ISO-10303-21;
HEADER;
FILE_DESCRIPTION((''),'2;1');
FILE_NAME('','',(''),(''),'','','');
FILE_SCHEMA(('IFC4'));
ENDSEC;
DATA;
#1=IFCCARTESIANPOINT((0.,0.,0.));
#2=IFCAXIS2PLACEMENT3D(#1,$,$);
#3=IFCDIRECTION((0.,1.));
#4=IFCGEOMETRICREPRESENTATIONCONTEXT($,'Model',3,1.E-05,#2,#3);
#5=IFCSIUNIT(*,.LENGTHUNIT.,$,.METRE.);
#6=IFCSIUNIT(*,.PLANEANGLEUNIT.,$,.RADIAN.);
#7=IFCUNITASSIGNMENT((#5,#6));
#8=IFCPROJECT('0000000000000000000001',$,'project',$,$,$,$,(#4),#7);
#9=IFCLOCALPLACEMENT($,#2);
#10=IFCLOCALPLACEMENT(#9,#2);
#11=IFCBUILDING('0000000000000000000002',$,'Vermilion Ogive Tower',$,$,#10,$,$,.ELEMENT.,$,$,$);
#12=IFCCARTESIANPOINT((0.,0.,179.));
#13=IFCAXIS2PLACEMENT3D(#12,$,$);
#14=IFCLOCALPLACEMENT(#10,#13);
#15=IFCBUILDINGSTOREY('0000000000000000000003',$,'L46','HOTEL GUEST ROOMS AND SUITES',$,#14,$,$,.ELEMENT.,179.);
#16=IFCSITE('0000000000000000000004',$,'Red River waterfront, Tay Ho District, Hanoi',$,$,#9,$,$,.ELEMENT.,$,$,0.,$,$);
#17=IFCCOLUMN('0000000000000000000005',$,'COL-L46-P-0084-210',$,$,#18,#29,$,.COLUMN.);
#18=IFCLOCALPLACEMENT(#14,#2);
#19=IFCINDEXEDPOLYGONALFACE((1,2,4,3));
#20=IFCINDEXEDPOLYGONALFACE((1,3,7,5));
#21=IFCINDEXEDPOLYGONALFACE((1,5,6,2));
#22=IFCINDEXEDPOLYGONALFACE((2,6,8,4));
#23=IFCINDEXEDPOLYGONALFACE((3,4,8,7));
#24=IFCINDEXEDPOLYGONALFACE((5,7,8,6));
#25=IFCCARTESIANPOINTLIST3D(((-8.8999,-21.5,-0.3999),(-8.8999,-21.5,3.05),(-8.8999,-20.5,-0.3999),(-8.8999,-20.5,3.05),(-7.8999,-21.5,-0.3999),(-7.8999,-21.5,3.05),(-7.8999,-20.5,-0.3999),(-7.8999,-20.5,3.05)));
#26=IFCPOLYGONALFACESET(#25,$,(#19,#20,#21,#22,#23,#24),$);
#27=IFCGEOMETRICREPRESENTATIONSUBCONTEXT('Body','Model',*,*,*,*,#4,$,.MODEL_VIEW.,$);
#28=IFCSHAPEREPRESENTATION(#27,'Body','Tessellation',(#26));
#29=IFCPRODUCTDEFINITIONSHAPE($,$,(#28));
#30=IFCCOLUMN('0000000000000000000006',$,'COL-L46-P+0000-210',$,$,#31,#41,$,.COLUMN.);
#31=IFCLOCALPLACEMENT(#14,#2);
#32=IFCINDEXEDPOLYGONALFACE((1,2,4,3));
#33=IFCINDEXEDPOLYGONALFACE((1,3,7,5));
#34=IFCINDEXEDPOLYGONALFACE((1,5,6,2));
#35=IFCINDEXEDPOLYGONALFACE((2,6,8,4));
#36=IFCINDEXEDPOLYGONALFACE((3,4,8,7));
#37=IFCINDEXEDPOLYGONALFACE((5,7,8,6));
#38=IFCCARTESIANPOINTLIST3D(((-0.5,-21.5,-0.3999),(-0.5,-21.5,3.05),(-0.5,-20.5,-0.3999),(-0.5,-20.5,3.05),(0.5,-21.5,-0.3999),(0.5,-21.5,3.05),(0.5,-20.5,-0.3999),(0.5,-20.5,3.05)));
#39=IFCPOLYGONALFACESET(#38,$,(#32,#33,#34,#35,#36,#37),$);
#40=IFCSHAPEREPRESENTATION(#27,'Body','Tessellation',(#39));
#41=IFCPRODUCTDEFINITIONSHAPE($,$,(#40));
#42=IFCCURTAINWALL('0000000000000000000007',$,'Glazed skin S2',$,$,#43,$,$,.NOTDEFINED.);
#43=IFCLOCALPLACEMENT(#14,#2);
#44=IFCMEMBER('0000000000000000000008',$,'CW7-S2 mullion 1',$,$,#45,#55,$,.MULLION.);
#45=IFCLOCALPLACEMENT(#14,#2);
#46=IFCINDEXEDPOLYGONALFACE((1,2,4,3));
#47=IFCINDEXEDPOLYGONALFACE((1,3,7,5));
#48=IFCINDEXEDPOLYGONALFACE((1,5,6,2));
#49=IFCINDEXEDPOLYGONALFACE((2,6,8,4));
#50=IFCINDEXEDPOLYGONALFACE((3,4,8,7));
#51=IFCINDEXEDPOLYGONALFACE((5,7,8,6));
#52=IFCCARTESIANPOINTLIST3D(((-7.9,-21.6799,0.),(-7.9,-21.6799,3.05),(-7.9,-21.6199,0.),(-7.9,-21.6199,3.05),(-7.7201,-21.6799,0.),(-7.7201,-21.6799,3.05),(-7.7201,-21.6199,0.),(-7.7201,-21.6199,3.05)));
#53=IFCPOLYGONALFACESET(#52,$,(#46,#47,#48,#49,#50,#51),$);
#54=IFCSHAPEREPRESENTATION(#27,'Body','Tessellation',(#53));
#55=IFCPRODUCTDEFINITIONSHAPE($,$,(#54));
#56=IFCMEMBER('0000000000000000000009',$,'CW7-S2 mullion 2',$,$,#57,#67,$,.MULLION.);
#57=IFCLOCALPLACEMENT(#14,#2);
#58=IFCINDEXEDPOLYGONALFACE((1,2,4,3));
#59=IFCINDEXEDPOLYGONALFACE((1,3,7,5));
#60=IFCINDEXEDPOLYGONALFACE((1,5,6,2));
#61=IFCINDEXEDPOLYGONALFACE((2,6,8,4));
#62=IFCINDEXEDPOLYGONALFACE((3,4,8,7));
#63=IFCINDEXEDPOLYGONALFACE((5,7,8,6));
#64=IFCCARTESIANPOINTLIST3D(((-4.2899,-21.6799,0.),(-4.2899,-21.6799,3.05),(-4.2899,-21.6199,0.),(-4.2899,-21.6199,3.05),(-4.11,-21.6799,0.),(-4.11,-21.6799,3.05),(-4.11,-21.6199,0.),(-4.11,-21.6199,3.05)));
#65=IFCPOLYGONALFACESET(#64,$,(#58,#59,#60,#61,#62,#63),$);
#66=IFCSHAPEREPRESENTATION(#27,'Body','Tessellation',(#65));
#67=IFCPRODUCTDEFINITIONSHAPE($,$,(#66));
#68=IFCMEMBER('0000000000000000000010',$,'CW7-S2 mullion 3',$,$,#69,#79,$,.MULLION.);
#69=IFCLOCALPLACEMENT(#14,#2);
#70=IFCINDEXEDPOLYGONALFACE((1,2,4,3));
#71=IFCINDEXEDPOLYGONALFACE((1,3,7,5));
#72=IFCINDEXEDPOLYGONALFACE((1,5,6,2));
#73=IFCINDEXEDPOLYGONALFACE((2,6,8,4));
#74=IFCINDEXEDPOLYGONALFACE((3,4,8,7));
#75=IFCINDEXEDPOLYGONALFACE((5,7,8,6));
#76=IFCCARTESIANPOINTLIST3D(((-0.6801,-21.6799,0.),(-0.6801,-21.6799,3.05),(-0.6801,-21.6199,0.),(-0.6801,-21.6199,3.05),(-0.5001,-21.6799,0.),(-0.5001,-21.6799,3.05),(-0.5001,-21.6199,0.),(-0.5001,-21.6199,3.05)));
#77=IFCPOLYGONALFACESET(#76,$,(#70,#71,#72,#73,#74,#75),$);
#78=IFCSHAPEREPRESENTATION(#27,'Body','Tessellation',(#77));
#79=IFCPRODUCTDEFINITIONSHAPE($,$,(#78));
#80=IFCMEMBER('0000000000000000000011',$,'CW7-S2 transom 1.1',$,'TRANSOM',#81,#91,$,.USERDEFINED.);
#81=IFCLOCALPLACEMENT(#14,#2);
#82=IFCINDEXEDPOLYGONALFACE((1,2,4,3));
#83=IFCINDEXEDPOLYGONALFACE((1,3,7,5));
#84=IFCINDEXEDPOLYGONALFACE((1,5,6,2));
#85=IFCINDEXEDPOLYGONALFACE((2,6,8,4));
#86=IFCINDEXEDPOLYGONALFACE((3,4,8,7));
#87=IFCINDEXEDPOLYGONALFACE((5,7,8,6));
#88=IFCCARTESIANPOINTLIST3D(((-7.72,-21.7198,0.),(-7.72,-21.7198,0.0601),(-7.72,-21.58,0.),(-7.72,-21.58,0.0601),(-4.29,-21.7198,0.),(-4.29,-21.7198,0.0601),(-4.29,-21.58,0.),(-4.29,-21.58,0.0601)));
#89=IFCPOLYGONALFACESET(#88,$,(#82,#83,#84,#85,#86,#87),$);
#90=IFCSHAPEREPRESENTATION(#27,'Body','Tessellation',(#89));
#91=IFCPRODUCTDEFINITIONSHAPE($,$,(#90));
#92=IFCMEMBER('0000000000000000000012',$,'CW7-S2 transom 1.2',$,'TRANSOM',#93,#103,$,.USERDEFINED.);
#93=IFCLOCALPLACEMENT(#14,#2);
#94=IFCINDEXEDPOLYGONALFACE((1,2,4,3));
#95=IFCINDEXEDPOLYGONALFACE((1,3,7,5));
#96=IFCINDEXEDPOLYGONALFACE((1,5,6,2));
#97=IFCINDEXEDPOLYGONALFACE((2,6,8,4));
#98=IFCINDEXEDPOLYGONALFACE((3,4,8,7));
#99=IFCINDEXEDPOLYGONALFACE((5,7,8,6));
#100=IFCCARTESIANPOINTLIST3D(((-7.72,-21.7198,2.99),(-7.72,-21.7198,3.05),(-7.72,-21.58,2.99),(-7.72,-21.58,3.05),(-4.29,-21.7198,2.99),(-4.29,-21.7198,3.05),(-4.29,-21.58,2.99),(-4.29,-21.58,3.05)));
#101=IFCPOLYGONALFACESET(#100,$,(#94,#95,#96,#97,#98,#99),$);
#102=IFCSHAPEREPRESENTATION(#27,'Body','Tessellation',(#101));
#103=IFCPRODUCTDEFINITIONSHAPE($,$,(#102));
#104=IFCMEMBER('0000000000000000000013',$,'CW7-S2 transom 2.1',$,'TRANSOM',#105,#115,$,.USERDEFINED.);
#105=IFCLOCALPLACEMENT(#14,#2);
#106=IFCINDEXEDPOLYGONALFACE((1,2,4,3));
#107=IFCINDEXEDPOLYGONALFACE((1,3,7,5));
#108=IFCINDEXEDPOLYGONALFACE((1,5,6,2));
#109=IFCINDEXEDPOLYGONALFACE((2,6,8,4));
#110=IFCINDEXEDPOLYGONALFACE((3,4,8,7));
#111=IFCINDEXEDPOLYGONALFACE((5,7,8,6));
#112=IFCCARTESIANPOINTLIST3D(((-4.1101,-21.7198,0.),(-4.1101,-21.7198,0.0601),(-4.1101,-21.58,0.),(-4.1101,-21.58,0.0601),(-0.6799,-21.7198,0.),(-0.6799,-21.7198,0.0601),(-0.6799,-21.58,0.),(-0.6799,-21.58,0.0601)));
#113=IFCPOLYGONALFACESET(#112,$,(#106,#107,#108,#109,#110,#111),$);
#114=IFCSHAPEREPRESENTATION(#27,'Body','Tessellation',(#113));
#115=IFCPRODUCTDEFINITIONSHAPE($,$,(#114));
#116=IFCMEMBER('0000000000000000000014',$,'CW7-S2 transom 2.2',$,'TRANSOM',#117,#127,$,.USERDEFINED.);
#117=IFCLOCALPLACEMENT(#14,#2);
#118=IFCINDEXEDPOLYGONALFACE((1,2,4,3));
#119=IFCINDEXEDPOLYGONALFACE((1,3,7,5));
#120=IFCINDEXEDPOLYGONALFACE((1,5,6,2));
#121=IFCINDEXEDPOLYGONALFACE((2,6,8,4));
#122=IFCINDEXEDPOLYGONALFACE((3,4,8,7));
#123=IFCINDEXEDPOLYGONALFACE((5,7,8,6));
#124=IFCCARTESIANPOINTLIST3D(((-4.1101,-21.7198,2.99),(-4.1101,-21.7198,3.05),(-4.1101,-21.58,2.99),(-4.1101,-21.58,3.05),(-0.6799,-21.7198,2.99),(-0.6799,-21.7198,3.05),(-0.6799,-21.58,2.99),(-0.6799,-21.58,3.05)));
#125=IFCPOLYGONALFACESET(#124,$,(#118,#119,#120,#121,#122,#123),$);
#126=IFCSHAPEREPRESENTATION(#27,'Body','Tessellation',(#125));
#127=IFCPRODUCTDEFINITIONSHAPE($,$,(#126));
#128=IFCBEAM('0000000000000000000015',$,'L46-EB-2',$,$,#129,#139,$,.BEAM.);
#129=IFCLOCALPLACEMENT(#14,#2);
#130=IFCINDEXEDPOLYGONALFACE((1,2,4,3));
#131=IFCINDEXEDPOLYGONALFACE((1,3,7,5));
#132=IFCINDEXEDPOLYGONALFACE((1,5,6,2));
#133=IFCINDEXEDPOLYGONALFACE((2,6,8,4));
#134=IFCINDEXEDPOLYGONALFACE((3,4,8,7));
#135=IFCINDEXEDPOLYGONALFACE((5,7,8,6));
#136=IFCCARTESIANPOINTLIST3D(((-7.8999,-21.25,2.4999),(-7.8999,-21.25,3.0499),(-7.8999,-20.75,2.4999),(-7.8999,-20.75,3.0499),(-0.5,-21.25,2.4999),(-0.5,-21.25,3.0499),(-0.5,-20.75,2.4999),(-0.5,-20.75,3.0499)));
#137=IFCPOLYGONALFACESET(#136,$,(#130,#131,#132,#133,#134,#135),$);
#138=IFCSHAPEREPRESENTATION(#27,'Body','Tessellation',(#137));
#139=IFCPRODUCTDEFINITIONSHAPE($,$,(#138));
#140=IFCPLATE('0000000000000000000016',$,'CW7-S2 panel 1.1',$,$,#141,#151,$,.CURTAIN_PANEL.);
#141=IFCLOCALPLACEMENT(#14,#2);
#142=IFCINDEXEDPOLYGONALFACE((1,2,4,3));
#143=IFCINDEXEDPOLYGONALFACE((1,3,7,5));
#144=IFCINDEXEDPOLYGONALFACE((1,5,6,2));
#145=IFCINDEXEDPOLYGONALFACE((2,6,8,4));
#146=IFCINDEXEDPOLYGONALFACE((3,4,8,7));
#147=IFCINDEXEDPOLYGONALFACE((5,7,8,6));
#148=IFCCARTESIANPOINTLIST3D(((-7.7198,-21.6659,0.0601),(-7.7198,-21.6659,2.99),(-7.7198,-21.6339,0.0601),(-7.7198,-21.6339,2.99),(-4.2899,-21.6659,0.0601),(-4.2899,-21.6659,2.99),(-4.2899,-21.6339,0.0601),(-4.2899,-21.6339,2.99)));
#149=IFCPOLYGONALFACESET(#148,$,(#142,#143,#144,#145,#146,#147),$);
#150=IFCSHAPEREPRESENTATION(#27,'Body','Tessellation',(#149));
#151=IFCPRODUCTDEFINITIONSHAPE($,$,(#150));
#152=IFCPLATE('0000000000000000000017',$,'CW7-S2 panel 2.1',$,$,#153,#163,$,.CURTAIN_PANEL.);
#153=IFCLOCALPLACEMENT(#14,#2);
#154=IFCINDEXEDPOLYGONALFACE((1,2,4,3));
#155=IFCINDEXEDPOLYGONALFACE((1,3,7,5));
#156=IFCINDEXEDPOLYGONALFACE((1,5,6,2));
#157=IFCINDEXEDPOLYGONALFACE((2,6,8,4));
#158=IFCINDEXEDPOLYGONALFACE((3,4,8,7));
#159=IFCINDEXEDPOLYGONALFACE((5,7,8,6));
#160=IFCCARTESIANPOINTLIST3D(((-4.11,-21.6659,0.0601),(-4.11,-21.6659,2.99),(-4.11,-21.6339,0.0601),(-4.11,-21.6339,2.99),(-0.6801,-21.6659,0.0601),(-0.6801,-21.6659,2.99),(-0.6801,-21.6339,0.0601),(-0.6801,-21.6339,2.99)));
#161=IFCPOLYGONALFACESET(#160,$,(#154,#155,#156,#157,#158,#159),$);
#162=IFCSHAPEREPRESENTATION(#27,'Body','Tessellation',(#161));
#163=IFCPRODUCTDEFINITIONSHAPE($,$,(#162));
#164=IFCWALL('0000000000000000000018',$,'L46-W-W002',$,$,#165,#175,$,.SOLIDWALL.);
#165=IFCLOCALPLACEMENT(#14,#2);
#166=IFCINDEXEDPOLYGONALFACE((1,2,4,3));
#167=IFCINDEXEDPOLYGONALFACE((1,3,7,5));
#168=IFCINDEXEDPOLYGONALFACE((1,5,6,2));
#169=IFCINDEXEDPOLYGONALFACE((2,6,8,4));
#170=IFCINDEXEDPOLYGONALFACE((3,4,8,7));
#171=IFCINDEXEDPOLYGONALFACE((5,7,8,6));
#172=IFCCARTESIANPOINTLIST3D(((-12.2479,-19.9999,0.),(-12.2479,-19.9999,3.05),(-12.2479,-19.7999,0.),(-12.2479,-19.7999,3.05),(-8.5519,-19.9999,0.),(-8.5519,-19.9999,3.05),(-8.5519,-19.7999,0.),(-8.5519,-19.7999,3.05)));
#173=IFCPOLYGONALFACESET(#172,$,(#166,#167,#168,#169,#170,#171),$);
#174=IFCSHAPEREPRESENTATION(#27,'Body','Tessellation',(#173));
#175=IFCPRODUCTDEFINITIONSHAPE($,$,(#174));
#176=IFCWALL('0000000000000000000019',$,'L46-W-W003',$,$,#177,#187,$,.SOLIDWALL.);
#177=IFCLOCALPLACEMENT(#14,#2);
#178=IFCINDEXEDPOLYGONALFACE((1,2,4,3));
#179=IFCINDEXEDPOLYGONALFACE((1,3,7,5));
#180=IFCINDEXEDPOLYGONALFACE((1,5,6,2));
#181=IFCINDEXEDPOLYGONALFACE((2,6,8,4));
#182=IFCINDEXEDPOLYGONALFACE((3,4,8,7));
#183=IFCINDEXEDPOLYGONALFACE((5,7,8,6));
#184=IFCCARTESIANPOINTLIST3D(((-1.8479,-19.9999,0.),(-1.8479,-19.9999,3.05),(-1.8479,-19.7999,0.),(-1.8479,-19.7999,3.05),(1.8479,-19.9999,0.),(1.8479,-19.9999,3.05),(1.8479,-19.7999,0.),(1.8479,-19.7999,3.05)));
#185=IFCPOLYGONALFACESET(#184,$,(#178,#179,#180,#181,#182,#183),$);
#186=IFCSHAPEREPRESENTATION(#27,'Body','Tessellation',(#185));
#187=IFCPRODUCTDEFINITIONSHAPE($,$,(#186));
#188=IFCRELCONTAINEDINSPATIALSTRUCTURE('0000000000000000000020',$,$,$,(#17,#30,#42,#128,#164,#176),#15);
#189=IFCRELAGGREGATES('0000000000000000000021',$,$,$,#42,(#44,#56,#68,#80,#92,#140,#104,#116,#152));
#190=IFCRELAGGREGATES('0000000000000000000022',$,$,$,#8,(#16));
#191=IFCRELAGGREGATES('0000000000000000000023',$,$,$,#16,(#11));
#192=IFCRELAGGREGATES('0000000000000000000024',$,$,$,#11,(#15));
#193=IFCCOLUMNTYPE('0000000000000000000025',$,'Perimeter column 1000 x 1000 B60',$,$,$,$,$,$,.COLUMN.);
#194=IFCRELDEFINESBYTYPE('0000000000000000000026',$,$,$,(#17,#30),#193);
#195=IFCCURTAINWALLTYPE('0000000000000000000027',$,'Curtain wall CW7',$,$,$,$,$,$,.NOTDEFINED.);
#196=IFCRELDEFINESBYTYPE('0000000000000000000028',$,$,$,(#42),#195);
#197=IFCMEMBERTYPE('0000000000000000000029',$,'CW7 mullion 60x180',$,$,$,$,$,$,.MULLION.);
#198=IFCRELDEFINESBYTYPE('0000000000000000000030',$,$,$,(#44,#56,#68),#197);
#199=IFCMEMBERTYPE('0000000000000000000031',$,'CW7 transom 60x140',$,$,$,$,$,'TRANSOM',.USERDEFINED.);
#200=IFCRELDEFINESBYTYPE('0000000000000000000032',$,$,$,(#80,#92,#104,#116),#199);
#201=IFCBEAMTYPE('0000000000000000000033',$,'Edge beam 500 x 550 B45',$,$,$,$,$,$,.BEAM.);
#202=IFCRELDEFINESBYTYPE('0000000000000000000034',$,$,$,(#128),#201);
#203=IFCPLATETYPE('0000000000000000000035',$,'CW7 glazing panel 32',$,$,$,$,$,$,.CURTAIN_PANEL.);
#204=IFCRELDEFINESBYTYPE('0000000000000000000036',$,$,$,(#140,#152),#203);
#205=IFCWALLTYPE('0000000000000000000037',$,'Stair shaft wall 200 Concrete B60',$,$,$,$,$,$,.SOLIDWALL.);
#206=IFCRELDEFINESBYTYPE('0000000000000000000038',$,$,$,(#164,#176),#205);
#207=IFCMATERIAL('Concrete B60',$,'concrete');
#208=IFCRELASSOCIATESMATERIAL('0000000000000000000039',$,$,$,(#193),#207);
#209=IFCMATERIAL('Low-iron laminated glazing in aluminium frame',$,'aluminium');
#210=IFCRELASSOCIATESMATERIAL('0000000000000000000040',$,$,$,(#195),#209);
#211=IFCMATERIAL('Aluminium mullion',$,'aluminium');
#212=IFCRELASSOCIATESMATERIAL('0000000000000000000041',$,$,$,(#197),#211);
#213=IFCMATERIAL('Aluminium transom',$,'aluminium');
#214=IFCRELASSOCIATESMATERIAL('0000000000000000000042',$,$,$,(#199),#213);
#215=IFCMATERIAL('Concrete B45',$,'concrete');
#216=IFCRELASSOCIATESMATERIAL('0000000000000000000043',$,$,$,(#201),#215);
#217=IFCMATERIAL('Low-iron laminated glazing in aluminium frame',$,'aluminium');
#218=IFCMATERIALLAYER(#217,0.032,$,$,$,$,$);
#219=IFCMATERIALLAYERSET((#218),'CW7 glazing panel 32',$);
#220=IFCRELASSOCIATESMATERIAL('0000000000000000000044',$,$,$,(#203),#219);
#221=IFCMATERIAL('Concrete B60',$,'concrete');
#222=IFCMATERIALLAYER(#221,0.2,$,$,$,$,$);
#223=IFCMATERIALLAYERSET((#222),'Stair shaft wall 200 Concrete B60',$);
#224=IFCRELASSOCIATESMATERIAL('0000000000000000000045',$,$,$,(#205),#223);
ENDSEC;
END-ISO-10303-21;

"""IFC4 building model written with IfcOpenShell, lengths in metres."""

from ifc_helpers import new_model, si_unit, direction, frame, frame_2d, origin, origin_2d, place, context, subcontext, project, spatial, rectangle, extrude, material, layer, layer_set, material_profile, profile_set, type_object, element, aggregate, save


model = new_model("IFC4")

# Units and contexts
model_context = context("Model", 3, precision=1e-05, world=origin(), true_north=direction((0.0, 1.0)))
body_context = subcontext(model_context, "Body", "Model", "MODEL_VIEW")
ifc_project = project(units=[si_unit("LENGTHUNIT", "METRE"), si_unit("PLANEANGLEUNIT", "RADIAN")], contexts=[model_context])

# Site, building, storey
site_placement = place(None, origin())
site = spatial("IfcSite", under=ifc_project, at=site_placement, Name="Red River waterfront, Tay Ho District, Hanoi", CompositionType="ELEMENT", RefElevation=0.0)
building_placement = place(site_placement, origin())
building = spatial("IfcBuilding", under=site, at=building_placement, Name="Vermilion Ogive Tower", CompositionType="ELEMENT")
storey_placement = place(building_placement, frame((0.0, 0.0, 179.0)))
storey = spatial("IfcBuildingStorey", under=building, at=storey_placement, Name="L46", Description="HOTEL GUEST ROOMS AND SUITES", CompositionType="ELEMENT", Elevation=179.0)

# Columns
ifc_material_1 = material(Name="Concrete B60", Category="concrete")
ifc_material_profile_1 = material_profile(ifc_material_1, rectangle(XDim=1.0, YDim=1.0, at=origin_2d()), Name="1000 x 1000")
ifc_profile_set_1 = profile_set([ifc_material_profile_1], Name="Concrete B60")
column_type = type_object("IfcColumnType", Name="Perimeter column 1000 x 1000 B60", PredefinedType="COLUMN", material=ifc_profile_set_1)
for number, where, z_axis, x_axis, name in (
    (1, (-8.3999, -21.0, -0.3999), (0.0, 0.0, 1.0), (1.0, 0.0, 0.0), "COL-L46-P-0084-210"),
    (2, (0.0, -21.0, -0.3999), (0.0, 0.0, 1.0), (1.0, 0.0, 0.0), "COL-L46-P+0000-210"),
):
    element("IfcColumn", number, at=place(storey_placement, frame(where, z_axis=z_axis, x_axis=x_axis)), inside=storey, type_object=column_type, Name=name, PredefinedType="COLUMN", context=body_context, shape_type="SweptSolid", body=[
        extrude(rectangle(XDim=1.0, YDim=1.0, at=origin_2d()), origin(), (0.0, 0.0, 1.0), 3.45),
    ])

# Curtain wall, members
ifc_material_2 = material(Name="Low-iron laminated glazing in aluminium frame", Category="aluminium")
curtain_wall_type = type_object("IfcCurtainWallType", Name="Curtain wall CW7", PredefinedType="NOTDEFINED", material=ifc_material_2)
curtain_wall_placement = place(storey_placement, origin())
curtain_wall = element("IfcCurtainWall", 3, at=curtain_wall_placement, inside=storey, type_object=curtain_wall_type, Name="Glazed skin S2", PredefinedType="NOTDEFINED")
ifc_material_3 = material(Name="Aluminium mullion", Category="aluminium")
ifc_material_profile_2 = material_profile(ifc_material_3, rectangle(XDim=0.0601, YDim=0.1799, at=origin_2d()), Name="AL 60x180")
ifc_profile_set_2 = profile_set([ifc_material_profile_2], Name="Aluminium mullion")
member_type_1 = type_object("IfcMemberType", Name="CW7 mullion 60x180", PredefinedType="MULLION", material=ifc_profile_set_2)
member_1_placement = place(storey_placement, frame((-7.8101, -21.6499, 0.0), z_axis=(0.0, 0.0, 1.0), x_axis=(0.0, 1.0, 0.0)))
member_1 = element("IfcMember", 4, at=member_1_placement, type_object=member_type_1, Name="CW7-S2 mullion 1", PredefinedType="MULLION", context=body_context, shape_type="SweptSolid", body=[
    extrude(rectangle(XDim=0.0601, YDim=0.1799, at=origin_2d()), origin(), (0.0, 0.0, 1.0), 3.05),
])
member_2_placement = place(storey_placement, frame((-4.2, -21.6499, 0.0), z_axis=(0.0, 0.0, 1.0), x_axis=(0.0, 1.0, 0.0)))
member_2 = element("IfcMember", 5, at=member_2_placement, type_object=member_type_1, Name="CW7-S2 mullion 2", PredefinedType="MULLION", context=body_context, shape_type="SweptSolid", body=[
    extrude(rectangle(XDim=0.0601, YDim=0.1799, at=origin_2d()), origin(), (0.0, 0.0, 1.0), 3.05),
])
member_3_placement = place(storey_placement, frame((-0.5901, -21.6499, 0.0), z_axis=(0.0, 0.0, 1.0), x_axis=(0.0, 1.0, 0.0)))
member_3 = element("IfcMember", 6, at=member_3_placement, type_object=member_type_1, Name="CW7-S2 mullion 3", PredefinedType="MULLION", context=body_context, shape_type="SweptSolid", body=[
    extrude(rectangle(XDim=0.0601, YDim=0.1799, at=origin_2d()), origin(), (0.0, 0.0, 1.0), 3.05),
])
ifc_material_4 = material(Name="Aluminium transom", Category="aluminium")
ifc_material_profile_3 = material_profile(ifc_material_4, rectangle(XDim=0.1399, YDim=0.0601, at=origin_2d()), Name="AL 60x140")
ifc_profile_set_3 = profile_set([ifc_material_profile_3], Name="Aluminium transom")
member_type_2 = type_object("IfcMemberType", Name="CW7 transom 60x140", ElementType="TRANSOM", PredefinedType="USERDEFINED", material=ifc_profile_set_3)
member_4_placement = place(storey_placement, frame((-7.72, -21.6499, 0.03), z_axis=(1.0, 0.0, 0.0), x_axis=(0.0, 1.0, 0.0)))
member_4 = element("IfcMember", 7, at=member_4_placement, type_object=member_type_2, Name="CW7-S2 transom 1.1", ObjectType="TRANSOM", PredefinedType="USERDEFINED", context=body_context, shape_type="SweptSolid", body=[
    extrude(rectangle(XDim=0.1399, YDim=0.0601, at=origin_2d()), origin(), (0.0, 0.0, 1.0), 3.4299),
])
member_5_placement = place(storey_placement, frame((-7.72, -21.6499, 3.02), z_axis=(1.0, 0.0, 0.0), x_axis=(0.0, 1.0, 0.0)))
member_5 = element("IfcMember", 8, at=member_5_placement, type_object=member_type_2, Name="CW7-S2 transom 1.2", ObjectType="TRANSOM", PredefinedType="USERDEFINED", context=body_context, shape_type="SweptSolid", body=[
    extrude(rectangle(XDim=0.1399, YDim=0.0601, at=origin_2d()), origin(), (0.0, 0.0, 1.0), 3.4299),
])
member_6_placement = place(storey_placement, frame((-4.1101, -21.6499, 0.03), z_axis=(1.0, 0.0, 0.0), x_axis=(0.0, 1.0, 0.0)))
member_6 = element("IfcMember", 9, at=member_6_placement, type_object=member_type_2, Name="CW7-S2 transom 2.1", ObjectType="TRANSOM", PredefinedType="USERDEFINED", context=body_context, shape_type="SweptSolid", body=[
    extrude(rectangle(XDim=0.1399, YDim=0.0601, at=origin_2d()), origin(), (0.0, 0.0, 1.0), 3.4302),
])
member_7_placement = place(storey_placement, frame((-4.1101, -21.6499, 3.02), z_axis=(1.0, 0.0, 0.0), x_axis=(0.0, 1.0, 0.0)))
member_7 = element("IfcMember", 10, at=member_7_placement, type_object=member_type_2, Name="CW7-S2 transom 2.2", ObjectType="TRANSOM", PredefinedType="USERDEFINED", context=body_context, shape_type="SweptSolid", body=[
    extrude(rectangle(XDim=0.1399, YDim=0.0601, at=origin_2d()), origin(), (0.0, 0.0, 1.0), 3.4302),
])

# Beam
ifc_material_5 = material(Name="Concrete B45", Category="concrete")
ifc_material_profile_4 = material_profile(ifc_material_5, rectangle(XDim=0.5, YDim=0.55, at=origin_2d()), Name="500 x 550")
ifc_profile_set_4 = profile_set([ifc_material_profile_4], Name="Concrete B45")
beam_type = type_object("IfcBeamType", Name="Edge beam 500 x 550 B45", PredefinedType="BEAM", material=ifc_profile_set_4)
beam_placement = place(storey_placement, frame((-7.8999, -21.0, 2.7749), z_axis=(1.0, 0.0, 0.0), x_axis=(0.0, 1.0, 0.0)))
element("IfcBeam", 11, at=beam_placement, inside=storey, type_object=beam_type, Name="L46-EB-2", PredefinedType="BEAM", context=body_context, shape_type="SweptSolid", body=[
    extrude(rectangle(XDim=0.5, YDim=0.55, at=origin_2d()), origin(), (0.0, 0.0, 1.0), 7.3999),
])

# Plates
ifc_material_6 = material(Name="Low-iron laminated glazing in aluminium frame", Category="aluminium")
ifc_layer_1 = layer(ifc_material_6, 0.032)
ifc_layer_set_1 = layer_set([ifc_layer_1], Name="CW7 glazing panel 32")
plate_type = type_object("IfcPlateType", Name="CW7 glazing panel 32", PredefinedType="CURTAIN_PANEL", material=ifc_layer_set_1)
plate_1_placement = place(storey_placement, frame((-6.0049, -21.6499, 0.0601), z_axis=(0.0, 0.0, 1.0), x_axis=(1.0, 0.0, 0.0)))
plate_1 = element("IfcPlate", 12, at=plate_1_placement, type_object=plate_type, Name="CW7-S2 panel 1.1", PredefinedType="CURTAIN_PANEL", context=body_context, shape_type="SweptSolid", body=[
    extrude(rectangle(XDim=3.4299, YDim=0.032, at=origin_2d()), origin(), (0.0, 0.0, 1.0), 2.9299),
])
plate_2_placement = place(storey_placement, frame((-2.395, -21.6499, 0.0601), z_axis=(0.0, 0.0, 1.0), x_axis=(1.0, 0.0, 0.0)))
plate_2 = element("IfcPlate", 13, at=plate_2_placement, type_object=plate_type, Name="CW7-S2 panel 2.1", PredefinedType="CURTAIN_PANEL", context=body_context, shape_type="SweptSolid", body=[
    extrude(rectangle(XDim=3.4299, YDim=0.032, at=origin_2d()), origin(), (0.0, 0.0, 1.0), 2.9299),
])
aggregate(curtain_wall, [member_1, member_2, member_3, member_4, member_5, plate_1, member_6, member_7, plate_2])

# Walls
ifc_material_7 = material(Name="Concrete B60", Category="concrete")
ifc_layer_2 = layer(ifc_material_7, 0.2)
ifc_layer_set_2 = layer_set([ifc_layer_2], Name="Stair shaft wall 200 Concrete B60")
wall_type = type_object("IfcWallType", Name="Stair shaft wall 200 Concrete B60", PredefinedType="SOLIDWALL", material=ifc_layer_set_2)
wall_1_placement = place(storey_placement, frame((-12.248, -19.8999, 0.0), z_axis=(0.0, 0.0, 1.0), x_axis=(1.0, 0.0, 0.0)))
element("IfcWall", 14, at=wall_1_placement, inside=storey, type_object=wall_type, Name="L46-W-W002", PredefinedType="SOLIDWALL", context=body_context, shape_type="SweptSolid", body=[
    extrude(rectangle(XDim=3.696, YDim=0.2, at=frame_2d((1.8481, 0.0))), origin(), (0.0, 0.0, 1.0), 3.05),
])
wall_2_placement = place(storey_placement, frame((-1.8479, -19.8999, 0.0), z_axis=(0.0, 0.0, 1.0), x_axis=(1.0, 0.0, 0.0)))
element("IfcWall", 15, at=wall_2_placement, inside=storey, type_object=wall_type, Name="L46-W-W003", PredefinedType="SOLIDWALL", context=body_context, shape_type="SweptSolid", body=[
    extrude(rectangle(XDim=3.6958, YDim=0.2, at=frame_2d((1.8479, 0.0))), origin(), (0.0, 0.0, 1.0), 3.05),
])

save(model, "model.ifc")
